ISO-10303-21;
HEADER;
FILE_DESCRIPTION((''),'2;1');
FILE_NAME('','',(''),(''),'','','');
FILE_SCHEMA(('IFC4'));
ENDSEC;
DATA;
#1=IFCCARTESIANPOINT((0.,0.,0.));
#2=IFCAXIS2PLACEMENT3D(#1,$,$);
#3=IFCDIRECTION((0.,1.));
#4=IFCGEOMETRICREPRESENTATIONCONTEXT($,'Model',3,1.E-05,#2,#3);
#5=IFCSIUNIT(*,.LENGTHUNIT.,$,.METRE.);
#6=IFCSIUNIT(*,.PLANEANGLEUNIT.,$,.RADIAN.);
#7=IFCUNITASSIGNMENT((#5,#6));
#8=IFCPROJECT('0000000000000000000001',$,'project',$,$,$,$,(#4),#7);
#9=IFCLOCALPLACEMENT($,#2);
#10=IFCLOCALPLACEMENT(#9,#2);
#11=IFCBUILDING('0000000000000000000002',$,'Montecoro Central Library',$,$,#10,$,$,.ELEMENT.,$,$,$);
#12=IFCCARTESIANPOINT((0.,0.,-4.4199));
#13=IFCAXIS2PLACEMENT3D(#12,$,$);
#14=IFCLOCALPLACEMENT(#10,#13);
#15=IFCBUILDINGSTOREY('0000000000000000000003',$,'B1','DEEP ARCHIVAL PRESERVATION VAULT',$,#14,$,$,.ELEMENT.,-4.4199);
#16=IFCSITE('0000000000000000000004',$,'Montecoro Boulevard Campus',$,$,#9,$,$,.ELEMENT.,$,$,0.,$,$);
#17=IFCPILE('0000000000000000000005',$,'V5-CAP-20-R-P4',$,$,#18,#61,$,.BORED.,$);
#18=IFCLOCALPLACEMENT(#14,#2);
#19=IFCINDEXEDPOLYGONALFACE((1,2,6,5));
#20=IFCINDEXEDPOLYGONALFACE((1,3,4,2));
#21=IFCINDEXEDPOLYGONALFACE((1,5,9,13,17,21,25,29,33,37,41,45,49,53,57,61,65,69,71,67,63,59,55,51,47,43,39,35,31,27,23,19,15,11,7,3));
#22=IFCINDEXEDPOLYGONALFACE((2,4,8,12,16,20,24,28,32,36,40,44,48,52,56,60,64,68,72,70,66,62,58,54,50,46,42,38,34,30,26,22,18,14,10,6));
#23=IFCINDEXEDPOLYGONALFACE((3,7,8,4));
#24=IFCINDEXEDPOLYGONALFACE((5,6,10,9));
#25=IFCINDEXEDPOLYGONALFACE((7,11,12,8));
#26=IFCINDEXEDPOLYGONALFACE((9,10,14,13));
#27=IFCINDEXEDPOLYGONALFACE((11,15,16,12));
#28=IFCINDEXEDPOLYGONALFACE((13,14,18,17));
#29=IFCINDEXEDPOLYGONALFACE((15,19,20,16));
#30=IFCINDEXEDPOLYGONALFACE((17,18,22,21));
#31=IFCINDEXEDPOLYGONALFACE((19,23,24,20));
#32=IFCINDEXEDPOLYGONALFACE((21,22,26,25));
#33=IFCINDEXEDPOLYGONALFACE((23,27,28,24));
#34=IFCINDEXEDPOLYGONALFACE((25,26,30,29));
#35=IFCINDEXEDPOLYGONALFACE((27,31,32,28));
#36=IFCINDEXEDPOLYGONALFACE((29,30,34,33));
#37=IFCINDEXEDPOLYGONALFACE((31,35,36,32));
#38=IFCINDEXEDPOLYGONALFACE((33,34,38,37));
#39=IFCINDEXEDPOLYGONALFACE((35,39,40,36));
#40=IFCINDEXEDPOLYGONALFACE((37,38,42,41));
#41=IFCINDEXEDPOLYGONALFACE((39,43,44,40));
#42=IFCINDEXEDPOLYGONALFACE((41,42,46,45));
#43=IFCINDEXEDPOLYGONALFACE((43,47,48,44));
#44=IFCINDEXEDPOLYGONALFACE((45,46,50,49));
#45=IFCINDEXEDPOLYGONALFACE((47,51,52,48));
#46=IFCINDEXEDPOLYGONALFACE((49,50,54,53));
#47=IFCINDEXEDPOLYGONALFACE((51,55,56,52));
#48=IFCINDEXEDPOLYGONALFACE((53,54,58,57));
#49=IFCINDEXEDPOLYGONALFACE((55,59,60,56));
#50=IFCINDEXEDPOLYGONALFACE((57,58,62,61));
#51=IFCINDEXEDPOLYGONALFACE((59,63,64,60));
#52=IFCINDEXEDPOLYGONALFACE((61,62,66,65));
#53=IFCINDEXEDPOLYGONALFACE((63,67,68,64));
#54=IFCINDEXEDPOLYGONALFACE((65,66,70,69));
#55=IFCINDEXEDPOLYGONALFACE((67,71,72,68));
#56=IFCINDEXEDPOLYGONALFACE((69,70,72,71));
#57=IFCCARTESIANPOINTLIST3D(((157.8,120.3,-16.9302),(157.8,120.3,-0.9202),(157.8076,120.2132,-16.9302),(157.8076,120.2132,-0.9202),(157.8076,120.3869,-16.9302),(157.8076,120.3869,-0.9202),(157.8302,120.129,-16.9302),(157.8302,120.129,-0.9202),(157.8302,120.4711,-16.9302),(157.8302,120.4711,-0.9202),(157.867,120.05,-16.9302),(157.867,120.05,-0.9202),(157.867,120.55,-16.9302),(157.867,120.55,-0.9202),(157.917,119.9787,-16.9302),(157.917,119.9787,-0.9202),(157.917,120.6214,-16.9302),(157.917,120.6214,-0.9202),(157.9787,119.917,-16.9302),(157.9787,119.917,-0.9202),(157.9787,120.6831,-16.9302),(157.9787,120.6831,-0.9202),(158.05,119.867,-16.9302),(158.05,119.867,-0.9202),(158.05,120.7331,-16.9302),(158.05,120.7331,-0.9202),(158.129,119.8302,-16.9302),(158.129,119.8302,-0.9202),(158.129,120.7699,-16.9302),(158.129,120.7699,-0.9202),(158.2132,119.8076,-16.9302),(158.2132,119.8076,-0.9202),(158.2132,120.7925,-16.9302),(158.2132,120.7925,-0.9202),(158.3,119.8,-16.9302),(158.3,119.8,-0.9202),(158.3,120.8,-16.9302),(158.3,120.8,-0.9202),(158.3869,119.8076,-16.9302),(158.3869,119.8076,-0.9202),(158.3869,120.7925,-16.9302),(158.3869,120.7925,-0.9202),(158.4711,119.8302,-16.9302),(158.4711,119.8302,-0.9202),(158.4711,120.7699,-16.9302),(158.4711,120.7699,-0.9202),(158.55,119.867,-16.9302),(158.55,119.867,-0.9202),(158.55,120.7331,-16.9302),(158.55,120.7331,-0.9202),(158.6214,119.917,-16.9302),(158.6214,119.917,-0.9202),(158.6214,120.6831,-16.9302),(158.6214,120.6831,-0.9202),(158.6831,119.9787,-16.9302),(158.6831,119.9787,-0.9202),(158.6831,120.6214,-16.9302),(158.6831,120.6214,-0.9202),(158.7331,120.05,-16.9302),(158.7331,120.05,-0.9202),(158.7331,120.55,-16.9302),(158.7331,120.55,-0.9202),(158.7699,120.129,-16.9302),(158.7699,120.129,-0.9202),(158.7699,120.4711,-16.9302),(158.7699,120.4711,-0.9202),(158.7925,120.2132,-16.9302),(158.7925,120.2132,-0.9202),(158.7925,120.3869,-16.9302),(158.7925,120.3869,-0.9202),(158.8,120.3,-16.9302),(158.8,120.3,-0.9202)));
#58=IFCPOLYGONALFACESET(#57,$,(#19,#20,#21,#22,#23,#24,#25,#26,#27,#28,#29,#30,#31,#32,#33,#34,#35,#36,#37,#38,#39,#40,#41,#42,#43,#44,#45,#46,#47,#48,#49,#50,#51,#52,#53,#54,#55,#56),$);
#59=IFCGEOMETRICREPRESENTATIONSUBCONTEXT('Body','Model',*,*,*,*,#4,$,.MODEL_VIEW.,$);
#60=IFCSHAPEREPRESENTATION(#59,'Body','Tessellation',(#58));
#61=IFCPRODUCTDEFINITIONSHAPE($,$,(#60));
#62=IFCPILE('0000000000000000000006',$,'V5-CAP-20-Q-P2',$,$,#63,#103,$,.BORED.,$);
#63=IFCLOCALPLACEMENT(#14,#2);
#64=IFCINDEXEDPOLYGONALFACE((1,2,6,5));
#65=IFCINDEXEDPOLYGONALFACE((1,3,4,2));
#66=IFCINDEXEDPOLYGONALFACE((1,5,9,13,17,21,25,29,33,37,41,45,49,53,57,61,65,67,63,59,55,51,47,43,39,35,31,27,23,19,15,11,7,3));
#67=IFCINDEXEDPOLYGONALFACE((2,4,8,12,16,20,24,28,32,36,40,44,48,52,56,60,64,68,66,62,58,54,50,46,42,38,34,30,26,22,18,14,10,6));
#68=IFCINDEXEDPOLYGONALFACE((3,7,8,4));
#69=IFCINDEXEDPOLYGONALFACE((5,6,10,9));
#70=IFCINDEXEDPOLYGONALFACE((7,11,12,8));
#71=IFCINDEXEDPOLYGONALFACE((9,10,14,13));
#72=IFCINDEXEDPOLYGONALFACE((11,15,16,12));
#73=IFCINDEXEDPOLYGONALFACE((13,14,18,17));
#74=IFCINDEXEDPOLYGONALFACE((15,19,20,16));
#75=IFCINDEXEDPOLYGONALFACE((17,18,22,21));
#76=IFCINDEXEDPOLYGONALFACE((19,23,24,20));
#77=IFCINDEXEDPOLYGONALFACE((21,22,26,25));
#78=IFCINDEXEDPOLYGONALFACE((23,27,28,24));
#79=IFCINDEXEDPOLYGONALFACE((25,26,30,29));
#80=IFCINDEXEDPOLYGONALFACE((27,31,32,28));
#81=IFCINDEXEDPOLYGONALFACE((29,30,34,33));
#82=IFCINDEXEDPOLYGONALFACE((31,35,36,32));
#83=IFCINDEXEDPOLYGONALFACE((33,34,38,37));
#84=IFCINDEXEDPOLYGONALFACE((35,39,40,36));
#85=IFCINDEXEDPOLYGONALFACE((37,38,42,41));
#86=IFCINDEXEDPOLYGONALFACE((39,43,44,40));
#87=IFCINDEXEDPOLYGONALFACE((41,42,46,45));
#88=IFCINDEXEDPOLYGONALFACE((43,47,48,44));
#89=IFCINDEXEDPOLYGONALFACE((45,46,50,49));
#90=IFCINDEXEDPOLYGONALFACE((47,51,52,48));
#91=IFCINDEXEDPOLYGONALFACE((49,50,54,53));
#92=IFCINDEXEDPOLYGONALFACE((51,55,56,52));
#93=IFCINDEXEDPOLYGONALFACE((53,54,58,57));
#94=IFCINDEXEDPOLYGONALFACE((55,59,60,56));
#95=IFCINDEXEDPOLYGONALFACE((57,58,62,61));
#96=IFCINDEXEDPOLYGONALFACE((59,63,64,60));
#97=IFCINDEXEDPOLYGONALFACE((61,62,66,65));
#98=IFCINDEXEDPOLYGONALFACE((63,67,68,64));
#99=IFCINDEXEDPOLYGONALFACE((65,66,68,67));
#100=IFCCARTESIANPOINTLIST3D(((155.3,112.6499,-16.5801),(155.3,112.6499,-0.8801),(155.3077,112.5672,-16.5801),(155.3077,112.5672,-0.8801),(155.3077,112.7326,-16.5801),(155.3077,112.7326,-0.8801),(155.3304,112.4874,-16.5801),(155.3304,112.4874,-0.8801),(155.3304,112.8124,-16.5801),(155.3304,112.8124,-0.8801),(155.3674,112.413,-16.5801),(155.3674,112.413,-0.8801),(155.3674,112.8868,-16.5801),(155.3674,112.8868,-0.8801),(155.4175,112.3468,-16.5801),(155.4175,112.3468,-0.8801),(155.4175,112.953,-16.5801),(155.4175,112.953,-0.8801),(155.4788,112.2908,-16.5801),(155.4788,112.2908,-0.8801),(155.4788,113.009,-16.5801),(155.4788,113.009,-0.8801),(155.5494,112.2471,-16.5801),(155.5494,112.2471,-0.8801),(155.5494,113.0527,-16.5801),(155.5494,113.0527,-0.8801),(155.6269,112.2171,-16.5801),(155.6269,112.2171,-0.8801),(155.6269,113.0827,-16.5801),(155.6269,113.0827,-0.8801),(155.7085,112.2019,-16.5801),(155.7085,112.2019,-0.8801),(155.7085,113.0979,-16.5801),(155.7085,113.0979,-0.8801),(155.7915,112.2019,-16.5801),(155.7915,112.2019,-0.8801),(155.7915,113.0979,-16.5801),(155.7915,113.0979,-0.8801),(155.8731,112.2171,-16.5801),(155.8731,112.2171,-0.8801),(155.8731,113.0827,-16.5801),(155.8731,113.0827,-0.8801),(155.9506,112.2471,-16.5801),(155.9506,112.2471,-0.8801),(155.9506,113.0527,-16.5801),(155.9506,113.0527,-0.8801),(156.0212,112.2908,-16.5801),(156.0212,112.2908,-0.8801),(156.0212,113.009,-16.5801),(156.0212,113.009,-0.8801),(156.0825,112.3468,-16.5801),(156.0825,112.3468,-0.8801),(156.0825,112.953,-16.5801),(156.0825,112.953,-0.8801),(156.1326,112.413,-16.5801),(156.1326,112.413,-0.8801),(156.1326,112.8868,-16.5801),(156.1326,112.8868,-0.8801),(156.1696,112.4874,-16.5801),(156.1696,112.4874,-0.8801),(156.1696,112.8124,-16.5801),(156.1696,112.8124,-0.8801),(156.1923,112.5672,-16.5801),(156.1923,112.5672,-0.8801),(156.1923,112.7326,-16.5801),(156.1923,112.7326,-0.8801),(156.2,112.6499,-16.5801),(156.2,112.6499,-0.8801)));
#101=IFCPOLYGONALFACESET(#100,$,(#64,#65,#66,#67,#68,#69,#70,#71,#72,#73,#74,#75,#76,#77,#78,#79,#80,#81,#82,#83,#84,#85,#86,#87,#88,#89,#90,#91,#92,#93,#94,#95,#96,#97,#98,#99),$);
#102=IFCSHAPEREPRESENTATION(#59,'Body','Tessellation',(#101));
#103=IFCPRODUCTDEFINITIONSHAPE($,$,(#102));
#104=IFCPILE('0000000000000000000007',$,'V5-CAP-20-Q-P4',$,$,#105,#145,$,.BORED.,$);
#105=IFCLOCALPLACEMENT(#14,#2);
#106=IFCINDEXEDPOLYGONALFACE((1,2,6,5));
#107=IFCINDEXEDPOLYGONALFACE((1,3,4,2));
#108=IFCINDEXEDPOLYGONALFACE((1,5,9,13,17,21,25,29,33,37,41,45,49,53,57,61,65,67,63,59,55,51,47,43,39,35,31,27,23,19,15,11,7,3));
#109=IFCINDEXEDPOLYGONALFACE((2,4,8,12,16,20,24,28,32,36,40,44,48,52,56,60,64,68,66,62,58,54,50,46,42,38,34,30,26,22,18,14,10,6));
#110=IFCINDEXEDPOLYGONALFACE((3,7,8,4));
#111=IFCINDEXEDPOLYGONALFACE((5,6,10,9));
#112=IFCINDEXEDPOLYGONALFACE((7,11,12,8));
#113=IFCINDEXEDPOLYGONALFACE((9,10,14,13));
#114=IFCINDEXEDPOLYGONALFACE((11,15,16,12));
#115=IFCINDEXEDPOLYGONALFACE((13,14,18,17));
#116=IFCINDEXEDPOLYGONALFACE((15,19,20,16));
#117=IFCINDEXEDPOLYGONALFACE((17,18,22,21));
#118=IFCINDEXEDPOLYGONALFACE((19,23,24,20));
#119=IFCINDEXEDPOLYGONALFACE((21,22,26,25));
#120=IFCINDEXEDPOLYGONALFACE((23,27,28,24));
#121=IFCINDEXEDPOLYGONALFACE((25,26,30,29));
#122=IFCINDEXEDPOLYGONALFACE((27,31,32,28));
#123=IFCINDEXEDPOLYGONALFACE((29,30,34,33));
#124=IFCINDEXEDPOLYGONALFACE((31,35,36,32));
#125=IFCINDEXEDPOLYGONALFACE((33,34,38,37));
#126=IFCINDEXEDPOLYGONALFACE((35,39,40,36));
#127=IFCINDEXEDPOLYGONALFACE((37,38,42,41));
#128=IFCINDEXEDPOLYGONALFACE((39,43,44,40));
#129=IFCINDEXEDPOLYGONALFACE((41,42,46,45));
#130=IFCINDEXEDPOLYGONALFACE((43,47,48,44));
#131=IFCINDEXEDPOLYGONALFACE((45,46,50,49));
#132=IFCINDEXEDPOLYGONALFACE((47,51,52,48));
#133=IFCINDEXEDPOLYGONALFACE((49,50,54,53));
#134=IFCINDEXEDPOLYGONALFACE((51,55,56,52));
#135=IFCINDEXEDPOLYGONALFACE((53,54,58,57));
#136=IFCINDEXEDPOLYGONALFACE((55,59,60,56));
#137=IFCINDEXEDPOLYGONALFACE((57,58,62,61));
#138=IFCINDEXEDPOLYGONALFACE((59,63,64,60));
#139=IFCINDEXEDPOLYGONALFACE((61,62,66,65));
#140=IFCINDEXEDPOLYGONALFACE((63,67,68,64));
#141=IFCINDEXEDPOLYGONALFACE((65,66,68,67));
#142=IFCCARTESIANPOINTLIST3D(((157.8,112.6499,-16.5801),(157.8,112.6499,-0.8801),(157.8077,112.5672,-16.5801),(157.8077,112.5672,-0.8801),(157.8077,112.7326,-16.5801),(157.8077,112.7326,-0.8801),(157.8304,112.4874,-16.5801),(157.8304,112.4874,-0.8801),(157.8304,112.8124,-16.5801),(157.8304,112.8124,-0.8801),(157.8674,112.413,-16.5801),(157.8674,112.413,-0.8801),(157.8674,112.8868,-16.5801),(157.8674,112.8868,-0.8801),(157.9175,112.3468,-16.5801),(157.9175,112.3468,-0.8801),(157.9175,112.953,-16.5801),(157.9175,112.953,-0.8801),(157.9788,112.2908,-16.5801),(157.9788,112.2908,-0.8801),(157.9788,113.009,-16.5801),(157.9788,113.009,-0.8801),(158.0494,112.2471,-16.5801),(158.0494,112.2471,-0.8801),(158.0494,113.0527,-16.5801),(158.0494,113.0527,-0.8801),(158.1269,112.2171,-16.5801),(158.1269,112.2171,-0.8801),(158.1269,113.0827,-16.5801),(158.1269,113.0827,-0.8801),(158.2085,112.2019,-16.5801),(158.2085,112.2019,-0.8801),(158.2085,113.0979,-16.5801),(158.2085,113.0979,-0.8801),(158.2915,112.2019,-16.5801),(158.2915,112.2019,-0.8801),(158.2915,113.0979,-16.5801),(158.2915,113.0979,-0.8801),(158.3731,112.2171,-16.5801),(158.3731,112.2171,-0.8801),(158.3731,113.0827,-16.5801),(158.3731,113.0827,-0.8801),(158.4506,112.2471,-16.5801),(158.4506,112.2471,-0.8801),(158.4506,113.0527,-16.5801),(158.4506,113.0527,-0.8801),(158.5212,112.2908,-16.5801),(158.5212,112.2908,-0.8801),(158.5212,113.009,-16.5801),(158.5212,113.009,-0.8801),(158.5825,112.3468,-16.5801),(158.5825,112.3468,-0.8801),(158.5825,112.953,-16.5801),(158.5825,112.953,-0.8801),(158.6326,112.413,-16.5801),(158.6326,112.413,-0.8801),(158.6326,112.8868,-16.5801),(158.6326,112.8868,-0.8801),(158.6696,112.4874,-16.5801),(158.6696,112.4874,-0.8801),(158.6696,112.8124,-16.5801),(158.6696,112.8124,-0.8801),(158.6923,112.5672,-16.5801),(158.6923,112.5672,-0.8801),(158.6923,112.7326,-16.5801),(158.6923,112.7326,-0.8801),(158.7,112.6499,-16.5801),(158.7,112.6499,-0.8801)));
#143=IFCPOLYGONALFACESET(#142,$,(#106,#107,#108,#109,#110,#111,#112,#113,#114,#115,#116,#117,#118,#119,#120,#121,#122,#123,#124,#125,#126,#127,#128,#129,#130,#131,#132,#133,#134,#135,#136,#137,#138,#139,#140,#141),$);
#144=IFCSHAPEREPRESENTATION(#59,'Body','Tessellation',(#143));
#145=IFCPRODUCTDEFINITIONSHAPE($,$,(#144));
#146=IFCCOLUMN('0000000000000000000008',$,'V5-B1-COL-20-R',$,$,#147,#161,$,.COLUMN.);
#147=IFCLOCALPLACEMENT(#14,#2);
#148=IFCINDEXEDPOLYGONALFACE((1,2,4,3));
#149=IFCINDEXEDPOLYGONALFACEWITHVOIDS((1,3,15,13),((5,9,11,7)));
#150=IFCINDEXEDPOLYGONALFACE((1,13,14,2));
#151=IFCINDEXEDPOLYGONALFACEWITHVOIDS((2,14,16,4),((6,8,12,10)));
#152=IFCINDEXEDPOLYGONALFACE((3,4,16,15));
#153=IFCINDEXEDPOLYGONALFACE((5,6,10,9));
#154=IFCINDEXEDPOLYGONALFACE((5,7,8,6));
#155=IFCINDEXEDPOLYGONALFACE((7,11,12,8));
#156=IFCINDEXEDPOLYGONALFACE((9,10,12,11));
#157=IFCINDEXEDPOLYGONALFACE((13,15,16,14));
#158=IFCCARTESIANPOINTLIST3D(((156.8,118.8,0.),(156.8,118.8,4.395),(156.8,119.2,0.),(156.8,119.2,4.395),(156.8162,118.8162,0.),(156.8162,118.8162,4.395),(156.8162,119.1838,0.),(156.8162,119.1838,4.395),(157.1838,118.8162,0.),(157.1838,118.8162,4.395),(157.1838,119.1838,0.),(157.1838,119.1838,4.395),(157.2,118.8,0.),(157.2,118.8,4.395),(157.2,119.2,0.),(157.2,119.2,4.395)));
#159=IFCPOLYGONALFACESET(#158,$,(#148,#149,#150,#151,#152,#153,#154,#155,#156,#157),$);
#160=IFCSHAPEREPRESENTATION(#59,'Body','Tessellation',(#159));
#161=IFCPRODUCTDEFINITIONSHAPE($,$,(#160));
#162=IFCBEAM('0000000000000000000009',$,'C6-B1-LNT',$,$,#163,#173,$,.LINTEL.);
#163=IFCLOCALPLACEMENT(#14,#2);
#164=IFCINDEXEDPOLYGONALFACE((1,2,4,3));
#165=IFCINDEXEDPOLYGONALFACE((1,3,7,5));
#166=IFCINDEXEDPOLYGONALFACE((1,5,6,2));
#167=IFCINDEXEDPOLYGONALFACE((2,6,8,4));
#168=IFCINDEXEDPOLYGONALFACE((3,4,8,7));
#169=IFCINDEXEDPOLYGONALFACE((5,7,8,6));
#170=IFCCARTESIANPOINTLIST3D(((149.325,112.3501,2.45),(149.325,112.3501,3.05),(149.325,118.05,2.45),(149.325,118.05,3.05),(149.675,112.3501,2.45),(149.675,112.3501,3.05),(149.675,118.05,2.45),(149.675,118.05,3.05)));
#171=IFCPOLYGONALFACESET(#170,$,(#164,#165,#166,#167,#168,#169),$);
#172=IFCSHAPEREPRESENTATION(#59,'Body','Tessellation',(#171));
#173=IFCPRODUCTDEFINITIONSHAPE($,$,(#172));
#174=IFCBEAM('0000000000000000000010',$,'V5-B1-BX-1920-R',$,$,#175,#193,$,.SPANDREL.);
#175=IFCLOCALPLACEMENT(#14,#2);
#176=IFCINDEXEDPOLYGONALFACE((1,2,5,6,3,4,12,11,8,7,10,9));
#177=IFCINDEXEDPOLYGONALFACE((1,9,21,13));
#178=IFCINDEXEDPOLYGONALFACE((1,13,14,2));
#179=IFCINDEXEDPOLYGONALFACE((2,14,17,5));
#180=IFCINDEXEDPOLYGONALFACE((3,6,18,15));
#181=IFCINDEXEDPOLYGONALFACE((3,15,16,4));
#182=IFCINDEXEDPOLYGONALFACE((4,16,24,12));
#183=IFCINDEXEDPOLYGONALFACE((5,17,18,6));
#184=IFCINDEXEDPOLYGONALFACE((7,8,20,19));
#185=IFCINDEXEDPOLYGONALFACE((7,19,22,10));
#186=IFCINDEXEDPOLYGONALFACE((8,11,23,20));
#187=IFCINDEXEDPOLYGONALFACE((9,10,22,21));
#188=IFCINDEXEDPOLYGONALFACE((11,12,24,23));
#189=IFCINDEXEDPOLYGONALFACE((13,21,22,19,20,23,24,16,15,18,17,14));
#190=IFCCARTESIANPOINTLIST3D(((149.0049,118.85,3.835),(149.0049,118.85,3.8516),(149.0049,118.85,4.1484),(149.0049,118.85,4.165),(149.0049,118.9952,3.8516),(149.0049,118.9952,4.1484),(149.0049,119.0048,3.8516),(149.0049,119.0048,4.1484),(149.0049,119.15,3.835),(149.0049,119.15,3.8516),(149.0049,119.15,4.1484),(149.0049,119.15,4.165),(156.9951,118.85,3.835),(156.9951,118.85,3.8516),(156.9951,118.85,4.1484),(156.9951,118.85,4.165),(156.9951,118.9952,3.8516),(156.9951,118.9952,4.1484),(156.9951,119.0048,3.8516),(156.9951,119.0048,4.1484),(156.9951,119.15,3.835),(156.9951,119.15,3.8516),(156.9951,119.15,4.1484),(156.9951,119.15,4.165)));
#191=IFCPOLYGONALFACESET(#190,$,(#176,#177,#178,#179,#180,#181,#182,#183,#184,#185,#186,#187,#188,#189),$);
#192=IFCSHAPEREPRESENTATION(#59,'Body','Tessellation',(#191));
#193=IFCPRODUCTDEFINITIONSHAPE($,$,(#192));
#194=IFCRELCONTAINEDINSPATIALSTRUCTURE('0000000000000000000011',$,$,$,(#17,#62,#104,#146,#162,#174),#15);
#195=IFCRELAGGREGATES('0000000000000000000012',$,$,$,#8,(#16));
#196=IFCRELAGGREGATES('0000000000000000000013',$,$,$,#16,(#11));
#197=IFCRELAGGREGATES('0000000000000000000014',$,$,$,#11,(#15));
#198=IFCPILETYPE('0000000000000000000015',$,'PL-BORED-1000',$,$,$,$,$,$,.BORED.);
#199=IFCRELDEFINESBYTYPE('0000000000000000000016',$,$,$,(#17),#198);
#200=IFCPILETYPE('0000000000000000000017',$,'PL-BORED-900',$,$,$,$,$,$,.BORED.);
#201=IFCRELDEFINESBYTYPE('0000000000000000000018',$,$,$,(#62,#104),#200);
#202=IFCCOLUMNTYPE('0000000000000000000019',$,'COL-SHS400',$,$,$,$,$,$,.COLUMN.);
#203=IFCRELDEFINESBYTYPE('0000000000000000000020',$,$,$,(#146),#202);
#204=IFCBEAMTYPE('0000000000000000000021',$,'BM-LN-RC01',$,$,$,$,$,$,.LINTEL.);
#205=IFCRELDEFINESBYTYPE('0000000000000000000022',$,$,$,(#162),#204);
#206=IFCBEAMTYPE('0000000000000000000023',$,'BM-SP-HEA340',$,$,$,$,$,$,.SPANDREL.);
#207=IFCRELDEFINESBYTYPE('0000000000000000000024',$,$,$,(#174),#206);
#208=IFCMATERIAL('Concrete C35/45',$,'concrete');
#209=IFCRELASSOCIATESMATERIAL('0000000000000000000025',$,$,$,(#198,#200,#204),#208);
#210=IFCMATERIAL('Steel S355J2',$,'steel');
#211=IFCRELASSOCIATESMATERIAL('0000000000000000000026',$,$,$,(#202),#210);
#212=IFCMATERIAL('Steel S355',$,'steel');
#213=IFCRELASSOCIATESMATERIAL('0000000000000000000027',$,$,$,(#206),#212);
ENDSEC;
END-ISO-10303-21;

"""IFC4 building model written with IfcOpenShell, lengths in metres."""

from ifc_helpers import new_model, si_unit, direction, frame, origin, origin_2d, place, context, subcontext, project, spatial, rectangle, hollow_rectangle, circle, i_section, extrude, material, material_profile, profile_set, type_object, element, save


model = new_model("IFC4")

# Units and contexts
model_context = context("Model", 3, precision=1e-05, world=origin(), true_north=direction((0.0, 1.0)))
body_context = subcontext(model_context, "Body", "Model", "MODEL_VIEW")
ifc_project = project(units=[si_unit("LENGTHUNIT", "METRE"), si_unit("PLANEANGLEUNIT", "RADIAN")], contexts=[model_context])

# Site, building, storey
site_placement = place(None, origin())
site = spatial("IfcSite", under=ifc_project, at=site_placement, Name="Montecoro Boulevard Campus", CompositionType="ELEMENT", RefElevation=0.0)
building_placement = place(site_placement, origin())
building = spatial("IfcBuilding", under=site, at=building_placement, Name="Montecoro Central Library", CompositionType="ELEMENT")
storey_placement = place(building_placement, frame((0.0, 0.0, -4.4199)))
storey = spatial("IfcBuildingStorey", under=building, at=storey_placement, Name="B1", Description="DEEP ARCHIVAL PRESERVATION VAULT", CompositionType="ELEMENT", Elevation=-4.4199)

# Shared definitions
ifc_material_1 = material(Name="Concrete C35/45", Category="concrete")

# Piles
ifc_material_profile_1 = material_profile(ifc_material_1, circle(Radius=0.5, at=origin_2d()), Name="PILE D1000")
ifc_profile_set_1 = profile_set([ifc_material_profile_1], Name="Concrete C35/45")
pile_type_1 = type_object("IfcPileType", Name="PL-BORED-1000", PredefinedType="BORED", material=ifc_profile_set_1)
for number, where, z_axis, x_axis, name in (
    (1, (158.3, 120.3, -0.9202), (0.0, 0.0, -1.0), (1.0, 0.0, 0.0), "V5-CAP-20-R-P4"),
):
    element("IfcPile", number, at=place(storey_placement, frame(where, z_axis=z_axis, x_axis=x_axis)), inside=storey, type_object=pile_type_1, Name=name, PredefinedType="BORED", context=body_context, shape_type="SweptSolid", body=[
        extrude(circle(Radius=0.5, at=origin_2d()), origin(), (0.0, 0.0, 1.0), 16.01),
    ])
ifc_material_profile_2 = material_profile(ifc_material_1, circle(Radius=0.45, at=origin_2d()), Name="PILE D900")
ifc_profile_set_2 = profile_set([ifc_material_profile_2], Name="Concrete C35/45")
pile_type_2 = type_object("IfcPileType", Name="PL-BORED-900", PredefinedType="BORED", material=ifc_profile_set_2)
for number, where, z_axis, x_axis, name in (
    (2, (155.75, 112.6499, -0.8801), (0.0, 0.0, -1.0), (1.0, 0.0, 0.0), "V5-CAP-20-Q-P2"),
    (3, (158.25, 112.6499, -0.8801), (0.0, 0.0, -1.0), (1.0, 0.0, 0.0), "V5-CAP-20-Q-P4"),
):
    element("IfcPile", number, at=place(storey_placement, frame(where, z_axis=z_axis, x_axis=x_axis)), inside=storey, type_object=pile_type_2, Name=name, PredefinedType="BORED", context=body_context, shape_type="SweptSolid", body=[
        extrude(circle(Radius=0.45, at=origin_2d()), origin(), (0.0, 0.0, 1.0), 15.7),
    ])

# Column
ifc_material_2 = material(Name="Steel S355J2", Category="steel")
ifc_material_profile_3 = material_profile(ifc_material_2, hollow_rectangle(XDim=0.3999, YDim=0.3999, WallThickness=0.0161, at=origin_2d()), Name="SHS 400x400x16.0")
ifc_profile_set_3 = profile_set([ifc_material_profile_3], Name="Steel S355J2")
column_type = type_object("IfcColumnType", Name="COL-SHS400", PredefinedType="COLUMN", material=ifc_profile_set_3)
column_placement = place(storey_placement, frame((157.0, 119.0, 0.0), z_axis=(0.0, 0.0, 1.0), x_axis=(1.0, 0.0, 0.0)))
element("IfcColumn", 4, at=column_placement, inside=storey, type_object=column_type, Name="V5-B1-COL-20-R", PredefinedType="COLUMN", context=body_context, shape_type="SweptSolid", body=[
    extrude(hollow_rectangle(XDim=0.3999, YDim=0.3999, WallThickness=0.0161, at=origin_2d()), origin(), (0.0, 0.0, 1.0), 4.395),
])

# Beams
ifc_material_profile_4 = material_profile(ifc_material_1, rectangle(XDim=0.3501, YDim=0.6001, at=origin_2d()), Name="RC LNT 600x350")
ifc_profile_set_4 = profile_set([ifc_material_profile_4], Name="Concrete C35/45")
beam_type_1 = type_object("IfcBeamType", Name="BM-LN-RC01", PredefinedType="LINTEL", material=ifc_profile_set_4)
beam_placement = place(storey_placement, frame((149.5, 112.3501, 2.75), z_axis=(0.0, 1.0, 0.0), x_axis=(-1.0, 0.0, 0.0)))
element("IfcBeam", 5, at=beam_placement, inside=storey, type_object=beam_type_1, Name="C6-B1-LNT", PredefinedType="LINTEL", context=body_context, shape_type="SweptSolid", body=[
    extrude(rectangle(XDim=0.3501, YDim=0.6001, at=origin_2d()), origin(), (0.0, 0.0, 1.0), 5.7),
])
ifc_material_3 = material(Name="Steel S355", Category="steel")
ifc_material_profile_5 = material_profile(ifc_material_3, i_section(OverallWidth=0.3, OverallDepth=0.3301, WebThickness=0.0095, FlangeThickness=0.0166, at=origin_2d()), Name="HEA 340")
ifc_profile_set_5 = profile_set([ifc_material_profile_5], Name="Steel S355")
beam_type_2 = type_object("IfcBeamType", Name="BM-SP-HEA340", PredefinedType="SPANDREL", material=ifc_profile_set_5)
for number, where, z_axis, x_axis, name in (
    (6, (149.0049, 119.0, 4.0), (1.0, 0.0, 0.0), (0.0, 1.0, 0.0), "V5-B1-BX-1920-R"),
):
    element("IfcBeam", number, at=place(storey_placement, frame(where, z_axis=z_axis, x_axis=x_axis)), inside=storey, type_object=beam_type_2, Name=name, PredefinedType="SPANDREL", context=body_context, shape_type="SweptSolid", body=[
        extrude(i_section(OverallWidth=0.3, OverallDepth=0.3301, WebThickness=0.0095, FlangeThickness=0.0166, at=origin_2d()), origin(), (0.0, 0.0, 1.0), 7.9902),
    ])

save(model, "model.ifc")
